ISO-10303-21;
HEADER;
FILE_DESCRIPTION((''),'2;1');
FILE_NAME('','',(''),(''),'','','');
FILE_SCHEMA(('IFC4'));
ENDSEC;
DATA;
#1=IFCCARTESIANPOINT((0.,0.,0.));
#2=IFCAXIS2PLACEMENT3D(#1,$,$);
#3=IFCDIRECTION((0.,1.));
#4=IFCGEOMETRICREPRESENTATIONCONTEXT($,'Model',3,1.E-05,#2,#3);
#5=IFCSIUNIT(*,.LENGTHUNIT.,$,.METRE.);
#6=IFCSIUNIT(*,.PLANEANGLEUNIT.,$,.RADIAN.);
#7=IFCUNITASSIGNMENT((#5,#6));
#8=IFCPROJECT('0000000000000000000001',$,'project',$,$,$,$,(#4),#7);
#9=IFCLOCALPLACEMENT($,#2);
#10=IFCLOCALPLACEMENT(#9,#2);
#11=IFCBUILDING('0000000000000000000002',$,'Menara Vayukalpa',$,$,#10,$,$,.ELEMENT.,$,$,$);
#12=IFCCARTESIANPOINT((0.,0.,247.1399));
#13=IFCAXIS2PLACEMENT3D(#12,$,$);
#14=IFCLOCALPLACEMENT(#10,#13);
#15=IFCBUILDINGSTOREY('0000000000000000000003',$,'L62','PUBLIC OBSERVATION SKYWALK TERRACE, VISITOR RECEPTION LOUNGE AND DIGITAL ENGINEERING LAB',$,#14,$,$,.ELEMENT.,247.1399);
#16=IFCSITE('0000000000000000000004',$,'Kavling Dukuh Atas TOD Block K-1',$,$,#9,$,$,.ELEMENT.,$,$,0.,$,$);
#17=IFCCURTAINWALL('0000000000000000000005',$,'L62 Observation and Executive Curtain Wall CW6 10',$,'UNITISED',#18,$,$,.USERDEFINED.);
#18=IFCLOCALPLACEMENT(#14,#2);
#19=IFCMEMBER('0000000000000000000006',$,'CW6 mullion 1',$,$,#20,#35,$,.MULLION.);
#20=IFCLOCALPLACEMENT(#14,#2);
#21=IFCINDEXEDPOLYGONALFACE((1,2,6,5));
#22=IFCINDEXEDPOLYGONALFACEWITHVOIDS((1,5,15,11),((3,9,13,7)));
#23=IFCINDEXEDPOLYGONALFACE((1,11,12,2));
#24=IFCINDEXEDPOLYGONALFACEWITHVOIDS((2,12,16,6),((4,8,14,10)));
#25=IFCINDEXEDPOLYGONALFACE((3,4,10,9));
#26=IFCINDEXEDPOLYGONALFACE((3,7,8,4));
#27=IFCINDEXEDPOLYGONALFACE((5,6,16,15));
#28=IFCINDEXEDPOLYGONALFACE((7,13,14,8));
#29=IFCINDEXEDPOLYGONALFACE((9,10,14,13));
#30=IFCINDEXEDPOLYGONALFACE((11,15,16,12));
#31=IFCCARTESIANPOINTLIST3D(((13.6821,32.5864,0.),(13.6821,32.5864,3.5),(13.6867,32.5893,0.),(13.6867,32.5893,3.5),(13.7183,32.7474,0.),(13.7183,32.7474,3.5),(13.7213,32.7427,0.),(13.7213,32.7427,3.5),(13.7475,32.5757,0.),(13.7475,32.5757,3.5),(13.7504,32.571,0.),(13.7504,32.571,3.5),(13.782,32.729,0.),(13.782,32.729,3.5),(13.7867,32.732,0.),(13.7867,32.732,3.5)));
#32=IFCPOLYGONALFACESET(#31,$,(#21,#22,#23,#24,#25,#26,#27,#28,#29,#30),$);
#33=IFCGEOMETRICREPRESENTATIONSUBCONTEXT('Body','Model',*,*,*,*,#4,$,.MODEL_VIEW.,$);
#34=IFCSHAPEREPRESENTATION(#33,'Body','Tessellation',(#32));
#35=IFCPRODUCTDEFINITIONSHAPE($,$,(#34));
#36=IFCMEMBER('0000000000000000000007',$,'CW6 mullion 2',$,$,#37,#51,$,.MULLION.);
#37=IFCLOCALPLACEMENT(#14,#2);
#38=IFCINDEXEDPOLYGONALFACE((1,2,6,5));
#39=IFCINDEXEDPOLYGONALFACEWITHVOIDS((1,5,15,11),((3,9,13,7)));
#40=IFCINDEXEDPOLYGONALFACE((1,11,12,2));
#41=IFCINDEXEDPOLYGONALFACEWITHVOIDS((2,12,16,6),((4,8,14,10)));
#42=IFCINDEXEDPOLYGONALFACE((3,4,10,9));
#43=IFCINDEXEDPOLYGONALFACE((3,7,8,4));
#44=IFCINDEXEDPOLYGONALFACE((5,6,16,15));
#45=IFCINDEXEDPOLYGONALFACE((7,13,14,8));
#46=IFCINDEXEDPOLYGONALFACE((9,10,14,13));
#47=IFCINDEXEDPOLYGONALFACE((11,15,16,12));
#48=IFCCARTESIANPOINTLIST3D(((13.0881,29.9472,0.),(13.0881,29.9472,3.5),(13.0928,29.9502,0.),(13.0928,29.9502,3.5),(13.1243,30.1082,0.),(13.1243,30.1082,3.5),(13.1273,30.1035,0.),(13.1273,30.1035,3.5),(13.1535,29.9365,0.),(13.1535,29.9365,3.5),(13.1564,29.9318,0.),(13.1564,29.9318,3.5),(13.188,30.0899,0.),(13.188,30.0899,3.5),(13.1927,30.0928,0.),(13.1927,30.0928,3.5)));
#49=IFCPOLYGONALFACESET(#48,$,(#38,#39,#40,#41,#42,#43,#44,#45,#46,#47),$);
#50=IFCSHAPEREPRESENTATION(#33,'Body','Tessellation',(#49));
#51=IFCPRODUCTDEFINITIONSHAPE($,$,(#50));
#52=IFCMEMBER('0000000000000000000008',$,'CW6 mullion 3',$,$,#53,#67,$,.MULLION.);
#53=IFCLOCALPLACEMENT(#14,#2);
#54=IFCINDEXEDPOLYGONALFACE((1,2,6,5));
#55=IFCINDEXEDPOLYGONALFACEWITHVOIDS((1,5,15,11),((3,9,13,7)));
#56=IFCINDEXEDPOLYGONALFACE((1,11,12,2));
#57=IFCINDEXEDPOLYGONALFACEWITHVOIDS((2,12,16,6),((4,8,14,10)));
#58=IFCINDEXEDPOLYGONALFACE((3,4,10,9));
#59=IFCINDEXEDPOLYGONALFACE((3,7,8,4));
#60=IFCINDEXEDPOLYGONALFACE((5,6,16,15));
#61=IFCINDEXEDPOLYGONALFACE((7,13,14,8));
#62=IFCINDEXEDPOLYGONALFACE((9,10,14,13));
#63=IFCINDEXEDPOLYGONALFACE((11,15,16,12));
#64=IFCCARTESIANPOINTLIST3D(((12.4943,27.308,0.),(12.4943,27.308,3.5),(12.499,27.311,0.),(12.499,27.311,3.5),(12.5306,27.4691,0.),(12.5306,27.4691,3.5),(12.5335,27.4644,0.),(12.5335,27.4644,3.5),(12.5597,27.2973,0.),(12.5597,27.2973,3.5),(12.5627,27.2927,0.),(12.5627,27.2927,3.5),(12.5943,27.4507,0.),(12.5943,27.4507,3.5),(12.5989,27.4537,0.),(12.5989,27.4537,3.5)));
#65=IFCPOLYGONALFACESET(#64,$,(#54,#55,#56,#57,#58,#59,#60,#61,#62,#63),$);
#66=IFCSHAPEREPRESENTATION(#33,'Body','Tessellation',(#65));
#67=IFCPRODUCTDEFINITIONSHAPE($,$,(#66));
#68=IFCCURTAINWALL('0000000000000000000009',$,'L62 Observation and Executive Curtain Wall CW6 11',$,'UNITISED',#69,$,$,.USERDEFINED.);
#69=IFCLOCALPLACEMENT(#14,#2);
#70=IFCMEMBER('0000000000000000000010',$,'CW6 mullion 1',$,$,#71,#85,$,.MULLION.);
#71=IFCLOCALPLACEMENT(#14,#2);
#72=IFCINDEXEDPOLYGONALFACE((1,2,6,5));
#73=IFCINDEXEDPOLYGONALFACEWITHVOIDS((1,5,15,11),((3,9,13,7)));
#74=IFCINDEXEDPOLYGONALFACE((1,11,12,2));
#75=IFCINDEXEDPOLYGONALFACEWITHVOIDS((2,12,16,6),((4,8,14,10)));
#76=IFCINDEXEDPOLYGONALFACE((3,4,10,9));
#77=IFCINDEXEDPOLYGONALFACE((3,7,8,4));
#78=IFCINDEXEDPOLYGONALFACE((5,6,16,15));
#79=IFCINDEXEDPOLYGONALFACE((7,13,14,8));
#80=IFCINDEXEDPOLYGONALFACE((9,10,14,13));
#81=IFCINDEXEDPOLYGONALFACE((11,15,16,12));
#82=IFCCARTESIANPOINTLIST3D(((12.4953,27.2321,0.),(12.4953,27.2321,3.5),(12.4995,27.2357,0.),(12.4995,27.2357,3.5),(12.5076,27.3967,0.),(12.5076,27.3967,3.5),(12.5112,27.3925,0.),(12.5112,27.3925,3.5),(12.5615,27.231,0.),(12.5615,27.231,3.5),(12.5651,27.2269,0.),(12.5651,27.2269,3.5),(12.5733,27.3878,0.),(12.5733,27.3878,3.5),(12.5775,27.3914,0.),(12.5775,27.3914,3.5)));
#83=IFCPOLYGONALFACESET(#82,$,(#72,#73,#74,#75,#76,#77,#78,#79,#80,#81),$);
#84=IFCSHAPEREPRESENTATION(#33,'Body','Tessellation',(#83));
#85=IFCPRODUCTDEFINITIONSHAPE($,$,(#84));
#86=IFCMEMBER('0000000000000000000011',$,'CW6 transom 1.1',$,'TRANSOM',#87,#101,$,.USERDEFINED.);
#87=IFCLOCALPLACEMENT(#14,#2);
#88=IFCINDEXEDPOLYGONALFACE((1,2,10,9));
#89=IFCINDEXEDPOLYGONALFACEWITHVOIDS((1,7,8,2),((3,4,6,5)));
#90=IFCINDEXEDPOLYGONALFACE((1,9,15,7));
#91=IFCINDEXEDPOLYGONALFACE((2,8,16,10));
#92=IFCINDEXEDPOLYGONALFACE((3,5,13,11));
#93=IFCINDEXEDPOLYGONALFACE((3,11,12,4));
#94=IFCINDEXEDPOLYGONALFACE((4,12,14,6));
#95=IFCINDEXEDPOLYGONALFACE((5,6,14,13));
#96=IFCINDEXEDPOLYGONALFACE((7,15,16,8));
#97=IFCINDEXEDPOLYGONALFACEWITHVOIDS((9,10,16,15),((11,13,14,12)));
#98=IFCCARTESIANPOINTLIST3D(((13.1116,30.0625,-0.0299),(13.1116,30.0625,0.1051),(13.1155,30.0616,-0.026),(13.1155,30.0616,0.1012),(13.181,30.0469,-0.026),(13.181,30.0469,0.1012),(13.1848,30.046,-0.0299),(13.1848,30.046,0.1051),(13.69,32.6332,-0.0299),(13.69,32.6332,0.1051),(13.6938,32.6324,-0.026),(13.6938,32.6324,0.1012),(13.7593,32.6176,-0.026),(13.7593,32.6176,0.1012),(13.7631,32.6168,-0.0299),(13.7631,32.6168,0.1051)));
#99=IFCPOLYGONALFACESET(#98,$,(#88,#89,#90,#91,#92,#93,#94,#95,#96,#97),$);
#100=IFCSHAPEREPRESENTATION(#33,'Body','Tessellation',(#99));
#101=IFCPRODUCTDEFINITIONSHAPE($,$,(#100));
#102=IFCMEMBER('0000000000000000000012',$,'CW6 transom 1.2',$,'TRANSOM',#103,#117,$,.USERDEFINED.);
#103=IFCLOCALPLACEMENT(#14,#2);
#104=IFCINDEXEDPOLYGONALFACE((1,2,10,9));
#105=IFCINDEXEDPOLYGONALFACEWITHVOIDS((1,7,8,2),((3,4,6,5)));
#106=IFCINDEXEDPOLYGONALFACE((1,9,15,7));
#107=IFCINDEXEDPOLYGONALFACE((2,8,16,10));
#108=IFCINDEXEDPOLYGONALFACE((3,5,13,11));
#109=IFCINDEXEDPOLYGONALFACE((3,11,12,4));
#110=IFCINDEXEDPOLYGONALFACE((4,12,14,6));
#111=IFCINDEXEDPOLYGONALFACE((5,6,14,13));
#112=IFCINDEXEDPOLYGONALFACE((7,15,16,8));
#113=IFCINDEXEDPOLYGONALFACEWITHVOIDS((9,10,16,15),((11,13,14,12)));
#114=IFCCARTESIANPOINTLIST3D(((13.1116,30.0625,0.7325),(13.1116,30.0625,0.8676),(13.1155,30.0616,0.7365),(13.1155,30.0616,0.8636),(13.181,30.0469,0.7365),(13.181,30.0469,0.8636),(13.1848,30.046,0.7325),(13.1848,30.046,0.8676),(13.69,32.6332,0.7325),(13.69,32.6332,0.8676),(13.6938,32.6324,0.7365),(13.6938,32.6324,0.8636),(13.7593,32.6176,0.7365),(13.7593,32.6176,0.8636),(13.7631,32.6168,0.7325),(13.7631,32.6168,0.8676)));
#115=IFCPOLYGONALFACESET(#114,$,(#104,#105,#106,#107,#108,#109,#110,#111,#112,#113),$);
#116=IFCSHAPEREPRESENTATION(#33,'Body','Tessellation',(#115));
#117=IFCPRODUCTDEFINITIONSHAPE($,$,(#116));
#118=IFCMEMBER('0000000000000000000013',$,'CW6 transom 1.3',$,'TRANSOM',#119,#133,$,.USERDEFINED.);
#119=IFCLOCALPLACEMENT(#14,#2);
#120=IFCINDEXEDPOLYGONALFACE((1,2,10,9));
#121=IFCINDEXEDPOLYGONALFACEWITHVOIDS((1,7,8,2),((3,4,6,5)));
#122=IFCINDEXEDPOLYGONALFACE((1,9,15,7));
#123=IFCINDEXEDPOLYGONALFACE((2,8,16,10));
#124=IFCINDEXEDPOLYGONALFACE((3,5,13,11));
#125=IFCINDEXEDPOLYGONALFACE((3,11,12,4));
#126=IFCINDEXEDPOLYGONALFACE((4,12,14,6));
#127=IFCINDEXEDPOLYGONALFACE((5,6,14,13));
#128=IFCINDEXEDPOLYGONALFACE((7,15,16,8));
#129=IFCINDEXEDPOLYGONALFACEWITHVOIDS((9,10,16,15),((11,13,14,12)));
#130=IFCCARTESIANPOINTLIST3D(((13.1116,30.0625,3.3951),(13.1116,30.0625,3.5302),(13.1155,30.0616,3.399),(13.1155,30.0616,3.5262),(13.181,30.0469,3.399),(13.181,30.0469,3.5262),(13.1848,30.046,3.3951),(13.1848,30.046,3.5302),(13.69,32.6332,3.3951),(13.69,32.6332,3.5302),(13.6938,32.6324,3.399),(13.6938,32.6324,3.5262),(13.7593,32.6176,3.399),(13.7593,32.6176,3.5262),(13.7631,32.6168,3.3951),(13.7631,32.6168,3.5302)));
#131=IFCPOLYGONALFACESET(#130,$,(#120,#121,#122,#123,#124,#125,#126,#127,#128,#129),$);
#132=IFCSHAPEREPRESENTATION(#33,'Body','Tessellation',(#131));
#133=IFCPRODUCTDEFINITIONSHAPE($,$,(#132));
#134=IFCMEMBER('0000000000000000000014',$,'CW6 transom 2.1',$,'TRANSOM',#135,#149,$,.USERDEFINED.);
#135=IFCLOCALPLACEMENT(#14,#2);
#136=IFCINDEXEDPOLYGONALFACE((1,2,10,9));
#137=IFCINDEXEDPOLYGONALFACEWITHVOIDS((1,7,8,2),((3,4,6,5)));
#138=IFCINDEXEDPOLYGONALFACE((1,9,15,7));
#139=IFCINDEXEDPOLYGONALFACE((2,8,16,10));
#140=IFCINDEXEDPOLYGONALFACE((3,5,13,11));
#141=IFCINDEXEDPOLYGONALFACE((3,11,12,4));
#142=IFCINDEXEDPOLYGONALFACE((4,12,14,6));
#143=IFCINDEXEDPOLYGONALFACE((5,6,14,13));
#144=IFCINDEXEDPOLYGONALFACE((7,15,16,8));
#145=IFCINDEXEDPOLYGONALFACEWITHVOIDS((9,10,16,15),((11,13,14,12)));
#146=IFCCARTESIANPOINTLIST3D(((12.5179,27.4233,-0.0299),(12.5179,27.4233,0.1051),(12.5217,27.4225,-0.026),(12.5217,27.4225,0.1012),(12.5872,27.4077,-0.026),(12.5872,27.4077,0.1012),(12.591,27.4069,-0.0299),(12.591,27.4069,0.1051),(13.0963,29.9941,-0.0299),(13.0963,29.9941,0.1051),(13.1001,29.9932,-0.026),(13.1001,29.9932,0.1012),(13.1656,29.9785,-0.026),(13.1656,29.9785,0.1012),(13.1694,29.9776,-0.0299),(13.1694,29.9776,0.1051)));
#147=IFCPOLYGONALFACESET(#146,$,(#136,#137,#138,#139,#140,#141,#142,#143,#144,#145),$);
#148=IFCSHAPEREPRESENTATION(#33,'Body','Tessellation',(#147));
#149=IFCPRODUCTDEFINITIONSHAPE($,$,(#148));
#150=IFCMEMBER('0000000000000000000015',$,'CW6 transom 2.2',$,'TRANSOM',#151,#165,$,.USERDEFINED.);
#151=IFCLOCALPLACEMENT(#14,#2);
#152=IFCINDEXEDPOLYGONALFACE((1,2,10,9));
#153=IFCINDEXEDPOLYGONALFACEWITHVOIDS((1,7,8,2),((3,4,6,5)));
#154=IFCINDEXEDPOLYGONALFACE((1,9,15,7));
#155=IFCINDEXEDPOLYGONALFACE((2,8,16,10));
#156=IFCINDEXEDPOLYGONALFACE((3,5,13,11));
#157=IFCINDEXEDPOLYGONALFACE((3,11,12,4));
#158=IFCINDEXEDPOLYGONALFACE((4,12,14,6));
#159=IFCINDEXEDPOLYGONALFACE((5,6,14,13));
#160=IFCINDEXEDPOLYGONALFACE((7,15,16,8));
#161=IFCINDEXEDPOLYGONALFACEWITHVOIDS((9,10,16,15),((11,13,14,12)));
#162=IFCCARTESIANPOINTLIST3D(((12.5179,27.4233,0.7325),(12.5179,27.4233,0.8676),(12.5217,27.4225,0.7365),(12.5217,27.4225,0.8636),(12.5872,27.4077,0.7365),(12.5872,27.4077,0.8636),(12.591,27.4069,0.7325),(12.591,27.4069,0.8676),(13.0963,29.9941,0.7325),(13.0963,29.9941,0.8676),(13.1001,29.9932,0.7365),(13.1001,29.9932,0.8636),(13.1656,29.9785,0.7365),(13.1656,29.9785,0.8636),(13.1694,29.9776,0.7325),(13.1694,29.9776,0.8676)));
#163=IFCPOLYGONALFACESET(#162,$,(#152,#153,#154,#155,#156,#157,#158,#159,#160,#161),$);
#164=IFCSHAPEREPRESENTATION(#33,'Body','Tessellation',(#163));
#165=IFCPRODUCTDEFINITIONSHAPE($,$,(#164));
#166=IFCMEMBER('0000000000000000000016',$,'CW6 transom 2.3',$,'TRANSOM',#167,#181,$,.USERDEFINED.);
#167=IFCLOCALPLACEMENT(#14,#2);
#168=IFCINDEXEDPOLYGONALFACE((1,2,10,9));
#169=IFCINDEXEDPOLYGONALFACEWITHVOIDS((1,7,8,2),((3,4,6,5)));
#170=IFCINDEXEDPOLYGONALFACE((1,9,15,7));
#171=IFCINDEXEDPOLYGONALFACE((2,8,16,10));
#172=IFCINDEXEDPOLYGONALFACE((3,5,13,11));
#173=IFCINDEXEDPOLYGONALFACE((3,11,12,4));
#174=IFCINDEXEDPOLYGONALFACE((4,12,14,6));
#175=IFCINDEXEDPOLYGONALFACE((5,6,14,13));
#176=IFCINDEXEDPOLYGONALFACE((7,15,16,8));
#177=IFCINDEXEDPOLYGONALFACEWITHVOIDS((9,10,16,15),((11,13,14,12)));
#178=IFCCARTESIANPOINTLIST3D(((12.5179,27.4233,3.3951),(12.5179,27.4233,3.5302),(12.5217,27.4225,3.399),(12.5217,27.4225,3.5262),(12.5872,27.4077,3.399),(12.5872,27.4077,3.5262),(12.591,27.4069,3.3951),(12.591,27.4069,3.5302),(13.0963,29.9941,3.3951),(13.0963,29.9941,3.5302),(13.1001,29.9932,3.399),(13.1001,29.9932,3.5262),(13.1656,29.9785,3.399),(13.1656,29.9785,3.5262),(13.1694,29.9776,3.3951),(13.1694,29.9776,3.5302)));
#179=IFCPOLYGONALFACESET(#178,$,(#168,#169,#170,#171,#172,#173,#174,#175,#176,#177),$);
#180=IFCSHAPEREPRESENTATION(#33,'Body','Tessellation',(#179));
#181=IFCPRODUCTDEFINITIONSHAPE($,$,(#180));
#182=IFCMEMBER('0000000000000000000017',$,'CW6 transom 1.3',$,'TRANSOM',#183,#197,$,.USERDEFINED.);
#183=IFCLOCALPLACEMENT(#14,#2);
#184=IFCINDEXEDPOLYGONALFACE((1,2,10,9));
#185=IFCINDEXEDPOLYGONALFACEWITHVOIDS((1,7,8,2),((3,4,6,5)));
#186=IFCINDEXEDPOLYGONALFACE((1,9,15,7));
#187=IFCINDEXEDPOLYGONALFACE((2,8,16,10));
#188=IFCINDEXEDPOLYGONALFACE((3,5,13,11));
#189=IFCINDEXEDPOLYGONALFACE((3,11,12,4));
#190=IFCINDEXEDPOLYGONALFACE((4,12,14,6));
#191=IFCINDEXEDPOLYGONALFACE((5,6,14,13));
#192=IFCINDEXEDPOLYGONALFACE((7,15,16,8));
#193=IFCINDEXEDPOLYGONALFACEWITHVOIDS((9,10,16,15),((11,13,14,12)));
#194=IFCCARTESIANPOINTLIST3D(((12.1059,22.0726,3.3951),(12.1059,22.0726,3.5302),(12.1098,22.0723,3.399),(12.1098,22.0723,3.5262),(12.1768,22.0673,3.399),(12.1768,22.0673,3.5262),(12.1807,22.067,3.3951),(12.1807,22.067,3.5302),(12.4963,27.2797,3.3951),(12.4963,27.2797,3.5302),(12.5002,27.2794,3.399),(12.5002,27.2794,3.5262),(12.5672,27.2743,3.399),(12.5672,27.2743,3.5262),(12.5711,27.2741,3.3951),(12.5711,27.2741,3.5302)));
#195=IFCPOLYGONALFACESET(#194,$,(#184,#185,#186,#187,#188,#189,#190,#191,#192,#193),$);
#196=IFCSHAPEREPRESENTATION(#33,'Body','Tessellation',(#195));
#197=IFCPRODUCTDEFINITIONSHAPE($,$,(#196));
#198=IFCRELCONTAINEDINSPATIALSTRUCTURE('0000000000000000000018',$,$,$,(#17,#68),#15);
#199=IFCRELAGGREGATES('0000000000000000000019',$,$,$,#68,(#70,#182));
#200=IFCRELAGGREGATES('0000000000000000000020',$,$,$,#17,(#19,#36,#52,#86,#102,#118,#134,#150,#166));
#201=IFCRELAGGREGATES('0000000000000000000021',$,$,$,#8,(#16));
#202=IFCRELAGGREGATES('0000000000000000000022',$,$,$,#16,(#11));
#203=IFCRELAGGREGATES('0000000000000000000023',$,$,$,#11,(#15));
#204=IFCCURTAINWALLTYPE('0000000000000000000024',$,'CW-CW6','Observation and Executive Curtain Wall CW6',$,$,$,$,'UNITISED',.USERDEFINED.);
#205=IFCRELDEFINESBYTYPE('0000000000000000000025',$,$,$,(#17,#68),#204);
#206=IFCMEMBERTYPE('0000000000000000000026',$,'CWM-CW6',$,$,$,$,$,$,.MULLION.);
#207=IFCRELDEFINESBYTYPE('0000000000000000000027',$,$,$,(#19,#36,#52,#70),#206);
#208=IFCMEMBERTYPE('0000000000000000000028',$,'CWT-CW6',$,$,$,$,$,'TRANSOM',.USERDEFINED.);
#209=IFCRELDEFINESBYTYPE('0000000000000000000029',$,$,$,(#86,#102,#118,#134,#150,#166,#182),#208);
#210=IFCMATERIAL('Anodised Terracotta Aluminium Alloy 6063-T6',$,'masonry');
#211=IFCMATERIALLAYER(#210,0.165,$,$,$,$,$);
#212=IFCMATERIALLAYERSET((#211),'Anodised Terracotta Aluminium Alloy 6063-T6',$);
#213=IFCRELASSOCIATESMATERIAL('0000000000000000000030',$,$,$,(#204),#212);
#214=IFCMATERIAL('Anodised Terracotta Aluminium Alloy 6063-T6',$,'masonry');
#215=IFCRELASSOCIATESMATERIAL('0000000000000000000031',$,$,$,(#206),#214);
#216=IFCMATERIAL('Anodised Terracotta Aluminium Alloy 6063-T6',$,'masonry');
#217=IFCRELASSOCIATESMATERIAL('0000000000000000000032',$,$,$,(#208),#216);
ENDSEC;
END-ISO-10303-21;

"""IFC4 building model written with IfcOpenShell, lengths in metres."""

from ifc_helpers import new_model, si_unit, direction, frame, origin, origin_2d, place, context, subcontext, project, spatial, hollow_rectangle, extrude, material, layer, layer_set, material_profile, profile_set, type_object, element, aggregate, save


model = new_model("IFC4")

# Units and contexts
model_context = context("Model", 3, precision=1e-05, world=origin(), true_north=direction((0.0, 1.0)))
body_context = subcontext(model_context, "Body", "Model", "MODEL_VIEW")
ifc_project = project(units=[si_unit("LENGTHUNIT", "METRE"), si_unit("PLANEANGLEUNIT", "RADIAN")], contexts=[model_context])

# Site, building, storey
site_placement = place(None, origin())
site = spatial("IfcSite", under=ifc_project, at=site_placement, Name="Kavling Dukuh Atas TOD Block K-1", CompositionType="ELEMENT", RefElevation=0.0)
building_placement = place(site_placement, origin())
building = spatial("IfcBuilding", under=site, at=building_placement, Name="Menara Vayukalpa", CompositionType="ELEMENT")
storey_placement = place(building_placement, frame((0.0, 0.0, 247.1399)))
storey = spatial("IfcBuildingStorey", under=building, at=storey_placement, Name="L62", Description="PUBLIC OBSERVATION SKYWALK TERRACE, VISITOR RECEPTION LOUNGE AND DIGITAL ENGINEERING LAB", CompositionType="ELEMENT", Elevation=247.1399)

# Curtain wall, members
ifc_material_1 = material(Name="Anodised Terracotta Aluminium Alloy 6063-T6", Category="masonry")
ifc_layer_1 = layer(ifc_material_1, 0.165)
ifc_layer_set_1 = layer_set([ifc_layer_1], Name="Anodised Terracotta Aluminium Alloy 6063-T6")
curtain_wall_type = type_object("IfcCurtainWallType", Name="CW-CW6", Description="Observation and Executive Curtain Wall CW6", ElementType="UNITISED", PredefinedType="USERDEFINED", material=ifc_layer_set_1)
curtain_wall_1_placement = place(storey_placement, origin())
curtain_wall_1 = element("IfcCurtainWall", 1, at=curtain_wall_1_placement, inside=storey, type_object=curtain_wall_type, Name="L62 Observation and Executive Curtain Wall CW6 10", ObjectType="UNITISED", PredefinedType="USERDEFINED")
ifc_material_2 = material(Name="Anodised Terracotta Aluminium Alloy 6063-T6", Category="masonry")
ifc_material_profile_1 = material_profile(ifc_material_2, hollow_rectangle(XDim=0.0701, YDim=0.165, WallThickness=0.0039, at=origin_2d()), Name="ALU 70x165x4")
ifc_profile_set_1 = profile_set([ifc_material_profile_1], Name="Anodised Terracotta Aluminium Alloy 6063-T6")
member_type_1 = type_object("IfcMemberType", Name="CWM-CW6", PredefinedType="MULLION", material=ifc_profile_set_1)
member_1_placement = place(storey_placement, frame((13.7344, 32.6592, 0.0), z_axis=(0.0, 0.0, 1.0), x_axis=(0.975609, -0.219515, 0.0)))
member_1 = element("IfcMember", 2, at=member_1_placement, type_object=member_type_1, Name="CW6 mullion 1", PredefinedType="MULLION", context=body_context, shape_type="SweptSolid", body=[
    extrude(hollow_rectangle(XDim=0.0701, YDim=0.165, WallThickness=0.0039, at=origin_2d()), origin(), (0.0, 0.0, 1.0), 3.5),
])
member_2_placement = place(storey_placement, frame((13.1404, 30.02, 0.0), z_axis=(0.0, 0.0, 1.0), x_axis=(0.975609, -0.219515, 0.0)))
member_2 = element("IfcMember", 3, at=member_2_placement, type_object=member_type_1, Name="CW6 mullion 2", PredefinedType="MULLION", context=body_context, shape_type="SweptSolid", body=[
    extrude(hollow_rectangle(XDim=0.0701, YDim=0.165, WallThickness=0.0039, at=origin_2d()), origin(), (0.0, 0.0, 1.0), 3.5),
])
member_3_placement = place(storey_placement, frame((12.5466, 27.3809, 0.0), z_axis=(0.0, 0.0, 1.0), x_axis=(0.975609, -0.219515, 0.0)))
member_3 = element("IfcMember", 4, at=member_3_placement, type_object=member_type_1, Name="CW6 mullion 3", PredefinedType="MULLION", context=body_context, shape_type="SweptSolid", body=[
    extrude(hollow_rectangle(XDim=0.0701, YDim=0.165, WallThickness=0.0039, at=origin_2d()), origin(), (0.0, 0.0, 1.0), 3.5),
])

# Curtain wall, member
curtain_wall_2_placement = place(storey_placement, origin())
curtain_wall_2 = element("IfcCurtainWall", 5, at=curtain_wall_2_placement, inside=storey, type_object=curtain_wall_type, Name="L62 Observation and Executive Curtain Wall CW6 11", ObjectType="UNITISED", PredefinedType="USERDEFINED")
member_4_placement = place(storey_placement, frame((12.5364, 27.3118, 0.0), z_axis=(0.0, 0.0, 1.0), x_axis=(0.997199, -0.074789, 0.0)))
member_4 = element("IfcMember", 6, at=member_4_placement, type_object=member_type_1, Name="CW6 mullion 1", PredefinedType="MULLION", context=body_context, shape_type="SweptSolid", body=[
    extrude(hollow_rectangle(XDim=0.0701, YDim=0.165, WallThickness=0.0039, at=origin_2d()), origin(), (0.0, 0.0, 1.0), 3.5),
])

# Members
ifc_material_3 = material(Name="Anodised Terracotta Aluminium Alloy 6063-T6", Category="masonry")
ifc_material_profile_2 = material_profile(ifc_material_3, hollow_rectangle(XDim=0.075, YDim=0.135, WallThickness=0.0039, at=origin_2d()), Name="ALU 75x135x4")
ifc_profile_set_2 = profile_set([ifc_material_profile_2], Name="Anodised Terracotta Aluminium Alloy 6063-T6")
member_type_2 = type_object("IfcMemberType", Name="CWT-CW6", ElementType="TRANSOM", PredefinedType="USERDEFINED", material=ifc_profile_set_2)
member_5_placement = place(storey_placement, frame((13.7266, 32.625, 0.0376), z_axis=(-0.21949, -0.975615, 0.0), x_axis=(0.975615, -0.21949, 0.0)))
member_5 = element("IfcMember", 7, at=member_5_placement, type_object=member_type_2, Name="CW6 transom 1.1", ObjectType="TRANSOM", PredefinedType="USERDEFINED", context=body_context, shape_type="SweptSolid", body=[
    extrude(hollow_rectangle(XDim=0.075, YDim=0.135, WallThickness=0.0039, at=origin_2d()), origin(), (0.0, 0.0, 1.0), 2.635),
])
member_6_placement = place(storey_placement, frame((13.7266, 32.625, 0.8), z_axis=(-0.21949, -0.975615, 0.0), x_axis=(0.975615, -0.21949, 0.0)))
member_6 = element("IfcMember", 8, at=member_6_placement, type_object=member_type_2, Name="CW6 transom 1.2", ObjectType="TRANSOM", PredefinedType="USERDEFINED", context=body_context, shape_type="SweptSolid", body=[
    extrude(hollow_rectangle(XDim=0.075, YDim=0.135, WallThickness=0.0039, at=origin_2d()), origin(), (0.0, 0.0, 1.0), 2.635),
])
member_7_placement = place(storey_placement, frame((13.7266, 32.625, 3.4626), z_axis=(-0.21949, -0.975615, 0.0), x_axis=(0.975615, -0.21949, 0.0)))
member_7 = element("IfcMember", 9, at=member_7_placement, type_object=member_type_2, Name="CW6 transom 1.3", ObjectType="TRANSOM", PredefinedType="USERDEFINED", context=body_context, shape_type="SweptSolid", body=[
    extrude(hollow_rectangle(XDim=0.075, YDim=0.135, WallThickness=0.0039, at=origin_2d()), origin(), (0.0, 0.0, 1.0), 2.635),
])
member_8_placement = place(storey_placement, frame((13.1328, 29.9858, 0.0376), z_axis=(-0.21949, -0.975615, 0.0), x_axis=(0.975615, -0.21949, 0.0)))
member_8 = element("IfcMember", 10, at=member_8_placement, type_object=member_type_2, Name="CW6 transom 2.1", ObjectType="TRANSOM", PredefinedType="USERDEFINED", context=body_context, shape_type="SweptSolid", body=[
    extrude(hollow_rectangle(XDim=0.075, YDim=0.135, WallThickness=0.0039, at=origin_2d()), origin(), (0.0, 0.0, 1.0), 2.635),
])
member_9_placement = place(storey_placement, frame((13.1328, 29.9858, 0.8), z_axis=(-0.21949, -0.975615, 0.0), x_axis=(0.975615, -0.21949, 0.0)))
member_9 = element("IfcMember", 11, at=member_9_placement, type_object=member_type_2, Name="CW6 transom 2.2", ObjectType="TRANSOM", PredefinedType="USERDEFINED", context=body_context, shape_type="SweptSolid", body=[
    extrude(hollow_rectangle(XDim=0.075, YDim=0.135, WallThickness=0.0039, at=origin_2d()), origin(), (0.0, 0.0, 1.0), 2.635),
])
member_10_placement = place(storey_placement, frame((13.1328, 29.9858, 3.4626), z_axis=(-0.21949, -0.975615, 0.0), x_axis=(0.975615, -0.21949, 0.0)))
member_10 = element("IfcMember", 12, at=member_10_placement, type_object=member_type_2, Name="CW6 transom 2.3", ObjectType="TRANSOM", PredefinedType="USERDEFINED", context=body_context, shape_type="SweptSolid", body=[
    extrude(hollow_rectangle(XDim=0.075, YDim=0.135, WallThickness=0.0039, at=origin_2d()), origin(), (0.0, 0.0, 1.0), 2.635),
])
member_11_placement = place(storey_placement, frame((12.5337, 27.2769, 3.4626), z_axis=(-0.074762, -0.997201, 0.0), x_axis=(0.997201, -0.074762, 0.0)))
member_11 = element("IfcMember", 13, at=member_11_placement, type_object=member_type_2, Name="CW6 transom 1.3", ObjectType="TRANSOM", PredefinedType="USERDEFINED", context=body_context, shape_type="SweptSolid", body=[
    extrude(hollow_rectangle(XDim=0.075, YDim=0.135, WallThickness=0.0039, at=origin_2d()), origin(), (0.0, 0.0, 1.0), 5.2217),
])
aggregate(curtain_wall_2, [member_4, member_11])

aggregate(curtain_wall_1, [member_1, member_2, member_3, member_5, member_6, member_7, member_8, member_9, member_10])

save(model, "model.ifc")
